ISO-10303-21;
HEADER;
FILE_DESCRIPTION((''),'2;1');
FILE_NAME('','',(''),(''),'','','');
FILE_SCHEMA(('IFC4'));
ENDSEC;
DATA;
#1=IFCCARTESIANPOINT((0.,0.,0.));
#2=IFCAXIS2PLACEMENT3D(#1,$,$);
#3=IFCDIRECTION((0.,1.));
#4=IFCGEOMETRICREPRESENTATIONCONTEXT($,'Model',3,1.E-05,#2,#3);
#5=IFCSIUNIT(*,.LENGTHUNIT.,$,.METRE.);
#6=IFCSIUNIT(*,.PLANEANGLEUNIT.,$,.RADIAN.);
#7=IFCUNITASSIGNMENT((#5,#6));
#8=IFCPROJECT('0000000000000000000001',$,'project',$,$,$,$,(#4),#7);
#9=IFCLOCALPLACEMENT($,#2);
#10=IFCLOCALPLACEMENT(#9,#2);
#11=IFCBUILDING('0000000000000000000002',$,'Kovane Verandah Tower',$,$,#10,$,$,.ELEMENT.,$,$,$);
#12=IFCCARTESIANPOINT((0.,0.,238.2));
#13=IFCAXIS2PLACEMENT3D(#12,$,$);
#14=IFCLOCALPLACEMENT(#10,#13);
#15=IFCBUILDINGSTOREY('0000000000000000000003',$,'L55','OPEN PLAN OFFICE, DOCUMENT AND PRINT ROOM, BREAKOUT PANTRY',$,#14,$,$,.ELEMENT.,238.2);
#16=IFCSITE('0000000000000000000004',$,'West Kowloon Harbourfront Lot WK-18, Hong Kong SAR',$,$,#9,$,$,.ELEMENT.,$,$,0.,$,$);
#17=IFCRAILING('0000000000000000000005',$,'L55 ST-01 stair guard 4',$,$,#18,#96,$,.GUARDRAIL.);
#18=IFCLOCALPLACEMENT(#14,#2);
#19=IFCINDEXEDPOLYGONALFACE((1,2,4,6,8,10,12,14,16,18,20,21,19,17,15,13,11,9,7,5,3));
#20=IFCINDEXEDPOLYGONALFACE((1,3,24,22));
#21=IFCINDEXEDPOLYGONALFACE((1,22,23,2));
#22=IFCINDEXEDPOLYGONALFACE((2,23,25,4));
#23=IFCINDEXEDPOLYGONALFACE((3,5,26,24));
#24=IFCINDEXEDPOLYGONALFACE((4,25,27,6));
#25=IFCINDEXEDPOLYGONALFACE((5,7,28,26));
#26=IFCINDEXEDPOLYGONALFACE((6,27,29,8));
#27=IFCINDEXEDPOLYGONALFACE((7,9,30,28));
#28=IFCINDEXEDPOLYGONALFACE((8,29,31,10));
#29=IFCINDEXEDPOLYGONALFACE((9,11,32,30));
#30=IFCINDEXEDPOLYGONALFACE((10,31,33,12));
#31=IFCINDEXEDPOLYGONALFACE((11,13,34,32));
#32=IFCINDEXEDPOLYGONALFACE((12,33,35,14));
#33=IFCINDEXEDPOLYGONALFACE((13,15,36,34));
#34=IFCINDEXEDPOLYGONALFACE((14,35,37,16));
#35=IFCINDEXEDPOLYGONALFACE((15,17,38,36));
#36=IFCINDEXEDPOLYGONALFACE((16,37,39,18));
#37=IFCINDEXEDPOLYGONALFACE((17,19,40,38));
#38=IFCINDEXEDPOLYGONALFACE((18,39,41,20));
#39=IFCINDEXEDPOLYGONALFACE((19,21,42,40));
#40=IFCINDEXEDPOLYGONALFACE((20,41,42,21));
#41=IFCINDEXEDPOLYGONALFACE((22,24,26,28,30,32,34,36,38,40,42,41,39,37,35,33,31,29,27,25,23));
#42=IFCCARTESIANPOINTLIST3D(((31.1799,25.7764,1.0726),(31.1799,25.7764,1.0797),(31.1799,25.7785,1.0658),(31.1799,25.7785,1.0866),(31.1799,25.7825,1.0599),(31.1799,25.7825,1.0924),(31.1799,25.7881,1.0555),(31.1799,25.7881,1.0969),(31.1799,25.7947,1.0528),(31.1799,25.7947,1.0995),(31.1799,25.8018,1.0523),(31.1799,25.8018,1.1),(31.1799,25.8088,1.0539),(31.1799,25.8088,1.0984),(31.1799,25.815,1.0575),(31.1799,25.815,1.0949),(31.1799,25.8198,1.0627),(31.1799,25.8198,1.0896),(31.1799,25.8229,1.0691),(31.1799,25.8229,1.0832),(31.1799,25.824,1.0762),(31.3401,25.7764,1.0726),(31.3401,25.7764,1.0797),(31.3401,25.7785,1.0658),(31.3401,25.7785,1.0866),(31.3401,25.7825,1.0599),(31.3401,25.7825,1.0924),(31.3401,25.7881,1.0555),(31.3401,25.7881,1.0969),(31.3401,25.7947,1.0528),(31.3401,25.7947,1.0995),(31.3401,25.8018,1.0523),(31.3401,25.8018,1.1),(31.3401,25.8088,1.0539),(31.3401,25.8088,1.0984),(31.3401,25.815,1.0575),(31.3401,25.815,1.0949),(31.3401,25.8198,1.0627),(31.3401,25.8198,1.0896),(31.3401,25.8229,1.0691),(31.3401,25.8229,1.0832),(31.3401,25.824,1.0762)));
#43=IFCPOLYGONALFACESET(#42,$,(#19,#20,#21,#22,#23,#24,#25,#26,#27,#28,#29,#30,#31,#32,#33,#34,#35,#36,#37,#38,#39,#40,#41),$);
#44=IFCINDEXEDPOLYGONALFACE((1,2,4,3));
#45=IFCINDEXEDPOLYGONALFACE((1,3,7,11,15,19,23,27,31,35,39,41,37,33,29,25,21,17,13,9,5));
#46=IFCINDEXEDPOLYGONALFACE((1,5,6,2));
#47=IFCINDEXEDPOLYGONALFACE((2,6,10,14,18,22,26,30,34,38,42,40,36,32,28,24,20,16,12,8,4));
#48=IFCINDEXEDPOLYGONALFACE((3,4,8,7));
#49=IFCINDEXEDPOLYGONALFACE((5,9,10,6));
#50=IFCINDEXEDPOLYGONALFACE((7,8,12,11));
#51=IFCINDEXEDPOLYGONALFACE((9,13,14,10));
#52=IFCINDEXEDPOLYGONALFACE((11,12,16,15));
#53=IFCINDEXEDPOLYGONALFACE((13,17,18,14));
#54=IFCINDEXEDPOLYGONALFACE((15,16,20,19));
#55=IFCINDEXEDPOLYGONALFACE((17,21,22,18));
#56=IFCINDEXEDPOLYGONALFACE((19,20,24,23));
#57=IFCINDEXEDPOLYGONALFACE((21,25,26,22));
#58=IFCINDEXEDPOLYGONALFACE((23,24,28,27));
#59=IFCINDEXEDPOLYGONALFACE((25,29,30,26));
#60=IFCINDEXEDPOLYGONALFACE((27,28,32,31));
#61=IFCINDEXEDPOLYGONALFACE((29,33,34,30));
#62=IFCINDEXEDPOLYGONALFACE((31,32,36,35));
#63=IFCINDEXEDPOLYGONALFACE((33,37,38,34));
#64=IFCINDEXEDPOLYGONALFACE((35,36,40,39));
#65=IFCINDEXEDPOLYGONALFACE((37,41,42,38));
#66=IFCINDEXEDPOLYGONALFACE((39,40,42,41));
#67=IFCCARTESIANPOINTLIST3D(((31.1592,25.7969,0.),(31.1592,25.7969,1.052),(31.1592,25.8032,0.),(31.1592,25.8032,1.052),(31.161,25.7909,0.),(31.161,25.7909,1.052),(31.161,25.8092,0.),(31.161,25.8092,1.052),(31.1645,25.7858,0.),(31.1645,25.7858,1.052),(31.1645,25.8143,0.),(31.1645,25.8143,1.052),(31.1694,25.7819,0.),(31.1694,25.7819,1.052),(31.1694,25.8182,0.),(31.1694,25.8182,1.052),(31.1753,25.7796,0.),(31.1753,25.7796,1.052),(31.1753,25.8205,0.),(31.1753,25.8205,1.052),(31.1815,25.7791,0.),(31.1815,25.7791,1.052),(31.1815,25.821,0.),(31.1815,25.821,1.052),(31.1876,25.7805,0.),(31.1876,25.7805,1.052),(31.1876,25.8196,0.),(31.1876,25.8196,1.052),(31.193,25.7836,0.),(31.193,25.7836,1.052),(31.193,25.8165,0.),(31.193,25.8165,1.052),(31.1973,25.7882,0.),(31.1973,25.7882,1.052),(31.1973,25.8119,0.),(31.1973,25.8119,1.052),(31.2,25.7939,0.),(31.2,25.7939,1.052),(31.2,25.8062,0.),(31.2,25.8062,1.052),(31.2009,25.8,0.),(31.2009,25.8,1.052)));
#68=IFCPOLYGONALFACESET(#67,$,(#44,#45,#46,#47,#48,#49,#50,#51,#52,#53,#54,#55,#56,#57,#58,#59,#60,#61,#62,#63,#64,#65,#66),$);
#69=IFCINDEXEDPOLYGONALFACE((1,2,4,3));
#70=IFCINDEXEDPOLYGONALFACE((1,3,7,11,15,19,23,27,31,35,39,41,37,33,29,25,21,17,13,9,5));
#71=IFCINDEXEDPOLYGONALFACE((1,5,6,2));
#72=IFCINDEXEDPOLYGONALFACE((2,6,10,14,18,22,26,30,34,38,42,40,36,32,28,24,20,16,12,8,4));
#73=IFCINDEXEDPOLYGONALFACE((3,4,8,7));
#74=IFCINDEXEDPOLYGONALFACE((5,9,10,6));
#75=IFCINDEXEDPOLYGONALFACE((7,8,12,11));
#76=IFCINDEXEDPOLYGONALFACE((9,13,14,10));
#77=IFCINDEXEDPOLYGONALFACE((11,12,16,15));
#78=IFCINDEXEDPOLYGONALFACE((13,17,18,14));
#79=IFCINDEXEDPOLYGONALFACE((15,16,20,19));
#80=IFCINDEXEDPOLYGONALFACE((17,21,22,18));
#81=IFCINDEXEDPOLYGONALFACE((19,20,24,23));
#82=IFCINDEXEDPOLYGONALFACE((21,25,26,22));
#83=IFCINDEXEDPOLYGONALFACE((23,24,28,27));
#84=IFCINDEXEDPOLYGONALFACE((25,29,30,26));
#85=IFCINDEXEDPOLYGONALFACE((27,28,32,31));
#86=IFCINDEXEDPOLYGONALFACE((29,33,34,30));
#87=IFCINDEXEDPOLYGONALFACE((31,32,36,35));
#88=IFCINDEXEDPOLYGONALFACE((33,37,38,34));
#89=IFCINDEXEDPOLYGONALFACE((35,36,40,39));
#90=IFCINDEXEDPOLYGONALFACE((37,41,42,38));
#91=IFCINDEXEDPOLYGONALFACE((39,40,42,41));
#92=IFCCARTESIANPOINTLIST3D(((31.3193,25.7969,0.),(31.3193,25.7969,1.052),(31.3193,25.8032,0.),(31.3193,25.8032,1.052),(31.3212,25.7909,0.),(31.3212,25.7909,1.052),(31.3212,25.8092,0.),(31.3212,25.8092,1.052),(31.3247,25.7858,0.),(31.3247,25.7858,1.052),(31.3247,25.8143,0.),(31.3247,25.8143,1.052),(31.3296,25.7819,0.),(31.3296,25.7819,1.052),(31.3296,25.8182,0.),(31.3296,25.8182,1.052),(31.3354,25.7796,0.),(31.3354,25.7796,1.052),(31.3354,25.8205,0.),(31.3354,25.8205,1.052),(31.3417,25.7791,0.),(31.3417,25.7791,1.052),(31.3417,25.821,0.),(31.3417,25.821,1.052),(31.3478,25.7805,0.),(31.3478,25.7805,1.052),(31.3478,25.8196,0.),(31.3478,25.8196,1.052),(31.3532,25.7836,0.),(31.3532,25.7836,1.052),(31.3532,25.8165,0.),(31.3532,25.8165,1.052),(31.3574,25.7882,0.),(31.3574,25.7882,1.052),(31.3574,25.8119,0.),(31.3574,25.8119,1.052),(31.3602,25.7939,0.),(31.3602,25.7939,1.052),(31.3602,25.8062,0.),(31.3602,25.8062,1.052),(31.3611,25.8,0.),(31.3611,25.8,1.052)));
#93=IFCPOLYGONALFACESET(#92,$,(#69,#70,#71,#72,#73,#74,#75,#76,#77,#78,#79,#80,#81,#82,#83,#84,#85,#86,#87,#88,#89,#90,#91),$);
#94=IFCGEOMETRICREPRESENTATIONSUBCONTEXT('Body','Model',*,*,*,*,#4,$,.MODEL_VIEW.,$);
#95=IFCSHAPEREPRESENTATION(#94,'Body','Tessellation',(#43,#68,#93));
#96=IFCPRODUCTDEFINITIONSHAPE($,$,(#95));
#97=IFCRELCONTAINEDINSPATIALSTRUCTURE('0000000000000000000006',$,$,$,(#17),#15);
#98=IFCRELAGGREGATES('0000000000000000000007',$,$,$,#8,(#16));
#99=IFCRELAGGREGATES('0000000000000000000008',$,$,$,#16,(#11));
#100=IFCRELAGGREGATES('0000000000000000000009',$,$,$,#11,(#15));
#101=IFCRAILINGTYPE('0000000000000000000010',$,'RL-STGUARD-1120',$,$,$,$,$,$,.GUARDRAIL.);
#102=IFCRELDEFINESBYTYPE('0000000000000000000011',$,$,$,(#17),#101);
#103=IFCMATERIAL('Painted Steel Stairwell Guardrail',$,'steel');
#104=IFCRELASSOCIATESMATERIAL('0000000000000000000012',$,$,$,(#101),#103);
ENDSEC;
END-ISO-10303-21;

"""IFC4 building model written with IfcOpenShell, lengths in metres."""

from ifc_helpers import new_model, si_unit, direction, frame, origin, origin_2d, place, context, subcontext, project, spatial, circle, extrude, material, type_object, element, save


model = new_model("IFC4")

# Units and contexts
model_context = context("Model", 3, precision=1e-05, world=origin(), true_north=direction((0.0, 1.0)))
body_context = subcontext(model_context, "Body", "Model", "MODEL_VIEW")
ifc_project = project(units=[si_unit("LENGTHUNIT", "METRE"), si_unit("PLANEANGLEUNIT", "RADIAN")], contexts=[model_context])

# Site, building, storey
site_placement = place(None, origin())
site = spatial("IfcSite", under=ifc_project, at=site_placement, Name="West Kowloon Harbourfront Lot WK-18, Hong Kong SAR", CompositionType="ELEMENT", RefElevation=0.0)
building_placement = place(site_placement, origin())
building = spatial("IfcBuilding", under=site, at=building_placement, Name="Kovane Verandah Tower", CompositionType="ELEMENT")
storey_placement = place(building_placement, frame((0.0, 0.0, 238.2)))
storey = spatial("IfcBuildingStorey", under=building, at=storey_placement, Name="L55", Description="OPEN PLAN OFFICE, DOCUMENT AND PRINT ROOM, BREAKOUT PANTRY", CompositionType="ELEMENT", Elevation=238.2)

# Railing
ifc_material_1 = material(Name="Painted Steel Stairwell Guardrail", Category="steel")
railing_type_1 = type_object("IfcRailingType", Name="RL-STGUARD-1120", PredefinedType="GUARDRAIL", material=ifc_material_1)
railing_1_placement = place(storey_placement, frame((31.1799, 25.8, 0.0)))
element("IfcRailing", 1, at=railing_1_placement, inside=storey, type_object=railing_type_1, Name="L55 ST-01 stair guard 4", PredefinedType="GUARDRAIL", context=body_context, shape_type="SweptSolid", body=[
    extrude(circle(Radius=0.0239, at=origin_2d()), frame((0.0, 0.0, 1.0762), z_axis=(1.0, 0.0, 0.0), x_axis=(0.0, 1.0, 0.0)), (0.0, 0.0, 1.0), 0.1602),
    extrude(circle(Radius=0.021, at=origin_2d()), origin(), (0.0, 0.0, 1.0), 1.052),
    extrude(circle(Radius=0.021, at=origin_2d()), frame((0.1602, 0.0, 0.0)), (0.0, 0.0, 1.0), 1.052),
])

save(model, "model.ifc")
